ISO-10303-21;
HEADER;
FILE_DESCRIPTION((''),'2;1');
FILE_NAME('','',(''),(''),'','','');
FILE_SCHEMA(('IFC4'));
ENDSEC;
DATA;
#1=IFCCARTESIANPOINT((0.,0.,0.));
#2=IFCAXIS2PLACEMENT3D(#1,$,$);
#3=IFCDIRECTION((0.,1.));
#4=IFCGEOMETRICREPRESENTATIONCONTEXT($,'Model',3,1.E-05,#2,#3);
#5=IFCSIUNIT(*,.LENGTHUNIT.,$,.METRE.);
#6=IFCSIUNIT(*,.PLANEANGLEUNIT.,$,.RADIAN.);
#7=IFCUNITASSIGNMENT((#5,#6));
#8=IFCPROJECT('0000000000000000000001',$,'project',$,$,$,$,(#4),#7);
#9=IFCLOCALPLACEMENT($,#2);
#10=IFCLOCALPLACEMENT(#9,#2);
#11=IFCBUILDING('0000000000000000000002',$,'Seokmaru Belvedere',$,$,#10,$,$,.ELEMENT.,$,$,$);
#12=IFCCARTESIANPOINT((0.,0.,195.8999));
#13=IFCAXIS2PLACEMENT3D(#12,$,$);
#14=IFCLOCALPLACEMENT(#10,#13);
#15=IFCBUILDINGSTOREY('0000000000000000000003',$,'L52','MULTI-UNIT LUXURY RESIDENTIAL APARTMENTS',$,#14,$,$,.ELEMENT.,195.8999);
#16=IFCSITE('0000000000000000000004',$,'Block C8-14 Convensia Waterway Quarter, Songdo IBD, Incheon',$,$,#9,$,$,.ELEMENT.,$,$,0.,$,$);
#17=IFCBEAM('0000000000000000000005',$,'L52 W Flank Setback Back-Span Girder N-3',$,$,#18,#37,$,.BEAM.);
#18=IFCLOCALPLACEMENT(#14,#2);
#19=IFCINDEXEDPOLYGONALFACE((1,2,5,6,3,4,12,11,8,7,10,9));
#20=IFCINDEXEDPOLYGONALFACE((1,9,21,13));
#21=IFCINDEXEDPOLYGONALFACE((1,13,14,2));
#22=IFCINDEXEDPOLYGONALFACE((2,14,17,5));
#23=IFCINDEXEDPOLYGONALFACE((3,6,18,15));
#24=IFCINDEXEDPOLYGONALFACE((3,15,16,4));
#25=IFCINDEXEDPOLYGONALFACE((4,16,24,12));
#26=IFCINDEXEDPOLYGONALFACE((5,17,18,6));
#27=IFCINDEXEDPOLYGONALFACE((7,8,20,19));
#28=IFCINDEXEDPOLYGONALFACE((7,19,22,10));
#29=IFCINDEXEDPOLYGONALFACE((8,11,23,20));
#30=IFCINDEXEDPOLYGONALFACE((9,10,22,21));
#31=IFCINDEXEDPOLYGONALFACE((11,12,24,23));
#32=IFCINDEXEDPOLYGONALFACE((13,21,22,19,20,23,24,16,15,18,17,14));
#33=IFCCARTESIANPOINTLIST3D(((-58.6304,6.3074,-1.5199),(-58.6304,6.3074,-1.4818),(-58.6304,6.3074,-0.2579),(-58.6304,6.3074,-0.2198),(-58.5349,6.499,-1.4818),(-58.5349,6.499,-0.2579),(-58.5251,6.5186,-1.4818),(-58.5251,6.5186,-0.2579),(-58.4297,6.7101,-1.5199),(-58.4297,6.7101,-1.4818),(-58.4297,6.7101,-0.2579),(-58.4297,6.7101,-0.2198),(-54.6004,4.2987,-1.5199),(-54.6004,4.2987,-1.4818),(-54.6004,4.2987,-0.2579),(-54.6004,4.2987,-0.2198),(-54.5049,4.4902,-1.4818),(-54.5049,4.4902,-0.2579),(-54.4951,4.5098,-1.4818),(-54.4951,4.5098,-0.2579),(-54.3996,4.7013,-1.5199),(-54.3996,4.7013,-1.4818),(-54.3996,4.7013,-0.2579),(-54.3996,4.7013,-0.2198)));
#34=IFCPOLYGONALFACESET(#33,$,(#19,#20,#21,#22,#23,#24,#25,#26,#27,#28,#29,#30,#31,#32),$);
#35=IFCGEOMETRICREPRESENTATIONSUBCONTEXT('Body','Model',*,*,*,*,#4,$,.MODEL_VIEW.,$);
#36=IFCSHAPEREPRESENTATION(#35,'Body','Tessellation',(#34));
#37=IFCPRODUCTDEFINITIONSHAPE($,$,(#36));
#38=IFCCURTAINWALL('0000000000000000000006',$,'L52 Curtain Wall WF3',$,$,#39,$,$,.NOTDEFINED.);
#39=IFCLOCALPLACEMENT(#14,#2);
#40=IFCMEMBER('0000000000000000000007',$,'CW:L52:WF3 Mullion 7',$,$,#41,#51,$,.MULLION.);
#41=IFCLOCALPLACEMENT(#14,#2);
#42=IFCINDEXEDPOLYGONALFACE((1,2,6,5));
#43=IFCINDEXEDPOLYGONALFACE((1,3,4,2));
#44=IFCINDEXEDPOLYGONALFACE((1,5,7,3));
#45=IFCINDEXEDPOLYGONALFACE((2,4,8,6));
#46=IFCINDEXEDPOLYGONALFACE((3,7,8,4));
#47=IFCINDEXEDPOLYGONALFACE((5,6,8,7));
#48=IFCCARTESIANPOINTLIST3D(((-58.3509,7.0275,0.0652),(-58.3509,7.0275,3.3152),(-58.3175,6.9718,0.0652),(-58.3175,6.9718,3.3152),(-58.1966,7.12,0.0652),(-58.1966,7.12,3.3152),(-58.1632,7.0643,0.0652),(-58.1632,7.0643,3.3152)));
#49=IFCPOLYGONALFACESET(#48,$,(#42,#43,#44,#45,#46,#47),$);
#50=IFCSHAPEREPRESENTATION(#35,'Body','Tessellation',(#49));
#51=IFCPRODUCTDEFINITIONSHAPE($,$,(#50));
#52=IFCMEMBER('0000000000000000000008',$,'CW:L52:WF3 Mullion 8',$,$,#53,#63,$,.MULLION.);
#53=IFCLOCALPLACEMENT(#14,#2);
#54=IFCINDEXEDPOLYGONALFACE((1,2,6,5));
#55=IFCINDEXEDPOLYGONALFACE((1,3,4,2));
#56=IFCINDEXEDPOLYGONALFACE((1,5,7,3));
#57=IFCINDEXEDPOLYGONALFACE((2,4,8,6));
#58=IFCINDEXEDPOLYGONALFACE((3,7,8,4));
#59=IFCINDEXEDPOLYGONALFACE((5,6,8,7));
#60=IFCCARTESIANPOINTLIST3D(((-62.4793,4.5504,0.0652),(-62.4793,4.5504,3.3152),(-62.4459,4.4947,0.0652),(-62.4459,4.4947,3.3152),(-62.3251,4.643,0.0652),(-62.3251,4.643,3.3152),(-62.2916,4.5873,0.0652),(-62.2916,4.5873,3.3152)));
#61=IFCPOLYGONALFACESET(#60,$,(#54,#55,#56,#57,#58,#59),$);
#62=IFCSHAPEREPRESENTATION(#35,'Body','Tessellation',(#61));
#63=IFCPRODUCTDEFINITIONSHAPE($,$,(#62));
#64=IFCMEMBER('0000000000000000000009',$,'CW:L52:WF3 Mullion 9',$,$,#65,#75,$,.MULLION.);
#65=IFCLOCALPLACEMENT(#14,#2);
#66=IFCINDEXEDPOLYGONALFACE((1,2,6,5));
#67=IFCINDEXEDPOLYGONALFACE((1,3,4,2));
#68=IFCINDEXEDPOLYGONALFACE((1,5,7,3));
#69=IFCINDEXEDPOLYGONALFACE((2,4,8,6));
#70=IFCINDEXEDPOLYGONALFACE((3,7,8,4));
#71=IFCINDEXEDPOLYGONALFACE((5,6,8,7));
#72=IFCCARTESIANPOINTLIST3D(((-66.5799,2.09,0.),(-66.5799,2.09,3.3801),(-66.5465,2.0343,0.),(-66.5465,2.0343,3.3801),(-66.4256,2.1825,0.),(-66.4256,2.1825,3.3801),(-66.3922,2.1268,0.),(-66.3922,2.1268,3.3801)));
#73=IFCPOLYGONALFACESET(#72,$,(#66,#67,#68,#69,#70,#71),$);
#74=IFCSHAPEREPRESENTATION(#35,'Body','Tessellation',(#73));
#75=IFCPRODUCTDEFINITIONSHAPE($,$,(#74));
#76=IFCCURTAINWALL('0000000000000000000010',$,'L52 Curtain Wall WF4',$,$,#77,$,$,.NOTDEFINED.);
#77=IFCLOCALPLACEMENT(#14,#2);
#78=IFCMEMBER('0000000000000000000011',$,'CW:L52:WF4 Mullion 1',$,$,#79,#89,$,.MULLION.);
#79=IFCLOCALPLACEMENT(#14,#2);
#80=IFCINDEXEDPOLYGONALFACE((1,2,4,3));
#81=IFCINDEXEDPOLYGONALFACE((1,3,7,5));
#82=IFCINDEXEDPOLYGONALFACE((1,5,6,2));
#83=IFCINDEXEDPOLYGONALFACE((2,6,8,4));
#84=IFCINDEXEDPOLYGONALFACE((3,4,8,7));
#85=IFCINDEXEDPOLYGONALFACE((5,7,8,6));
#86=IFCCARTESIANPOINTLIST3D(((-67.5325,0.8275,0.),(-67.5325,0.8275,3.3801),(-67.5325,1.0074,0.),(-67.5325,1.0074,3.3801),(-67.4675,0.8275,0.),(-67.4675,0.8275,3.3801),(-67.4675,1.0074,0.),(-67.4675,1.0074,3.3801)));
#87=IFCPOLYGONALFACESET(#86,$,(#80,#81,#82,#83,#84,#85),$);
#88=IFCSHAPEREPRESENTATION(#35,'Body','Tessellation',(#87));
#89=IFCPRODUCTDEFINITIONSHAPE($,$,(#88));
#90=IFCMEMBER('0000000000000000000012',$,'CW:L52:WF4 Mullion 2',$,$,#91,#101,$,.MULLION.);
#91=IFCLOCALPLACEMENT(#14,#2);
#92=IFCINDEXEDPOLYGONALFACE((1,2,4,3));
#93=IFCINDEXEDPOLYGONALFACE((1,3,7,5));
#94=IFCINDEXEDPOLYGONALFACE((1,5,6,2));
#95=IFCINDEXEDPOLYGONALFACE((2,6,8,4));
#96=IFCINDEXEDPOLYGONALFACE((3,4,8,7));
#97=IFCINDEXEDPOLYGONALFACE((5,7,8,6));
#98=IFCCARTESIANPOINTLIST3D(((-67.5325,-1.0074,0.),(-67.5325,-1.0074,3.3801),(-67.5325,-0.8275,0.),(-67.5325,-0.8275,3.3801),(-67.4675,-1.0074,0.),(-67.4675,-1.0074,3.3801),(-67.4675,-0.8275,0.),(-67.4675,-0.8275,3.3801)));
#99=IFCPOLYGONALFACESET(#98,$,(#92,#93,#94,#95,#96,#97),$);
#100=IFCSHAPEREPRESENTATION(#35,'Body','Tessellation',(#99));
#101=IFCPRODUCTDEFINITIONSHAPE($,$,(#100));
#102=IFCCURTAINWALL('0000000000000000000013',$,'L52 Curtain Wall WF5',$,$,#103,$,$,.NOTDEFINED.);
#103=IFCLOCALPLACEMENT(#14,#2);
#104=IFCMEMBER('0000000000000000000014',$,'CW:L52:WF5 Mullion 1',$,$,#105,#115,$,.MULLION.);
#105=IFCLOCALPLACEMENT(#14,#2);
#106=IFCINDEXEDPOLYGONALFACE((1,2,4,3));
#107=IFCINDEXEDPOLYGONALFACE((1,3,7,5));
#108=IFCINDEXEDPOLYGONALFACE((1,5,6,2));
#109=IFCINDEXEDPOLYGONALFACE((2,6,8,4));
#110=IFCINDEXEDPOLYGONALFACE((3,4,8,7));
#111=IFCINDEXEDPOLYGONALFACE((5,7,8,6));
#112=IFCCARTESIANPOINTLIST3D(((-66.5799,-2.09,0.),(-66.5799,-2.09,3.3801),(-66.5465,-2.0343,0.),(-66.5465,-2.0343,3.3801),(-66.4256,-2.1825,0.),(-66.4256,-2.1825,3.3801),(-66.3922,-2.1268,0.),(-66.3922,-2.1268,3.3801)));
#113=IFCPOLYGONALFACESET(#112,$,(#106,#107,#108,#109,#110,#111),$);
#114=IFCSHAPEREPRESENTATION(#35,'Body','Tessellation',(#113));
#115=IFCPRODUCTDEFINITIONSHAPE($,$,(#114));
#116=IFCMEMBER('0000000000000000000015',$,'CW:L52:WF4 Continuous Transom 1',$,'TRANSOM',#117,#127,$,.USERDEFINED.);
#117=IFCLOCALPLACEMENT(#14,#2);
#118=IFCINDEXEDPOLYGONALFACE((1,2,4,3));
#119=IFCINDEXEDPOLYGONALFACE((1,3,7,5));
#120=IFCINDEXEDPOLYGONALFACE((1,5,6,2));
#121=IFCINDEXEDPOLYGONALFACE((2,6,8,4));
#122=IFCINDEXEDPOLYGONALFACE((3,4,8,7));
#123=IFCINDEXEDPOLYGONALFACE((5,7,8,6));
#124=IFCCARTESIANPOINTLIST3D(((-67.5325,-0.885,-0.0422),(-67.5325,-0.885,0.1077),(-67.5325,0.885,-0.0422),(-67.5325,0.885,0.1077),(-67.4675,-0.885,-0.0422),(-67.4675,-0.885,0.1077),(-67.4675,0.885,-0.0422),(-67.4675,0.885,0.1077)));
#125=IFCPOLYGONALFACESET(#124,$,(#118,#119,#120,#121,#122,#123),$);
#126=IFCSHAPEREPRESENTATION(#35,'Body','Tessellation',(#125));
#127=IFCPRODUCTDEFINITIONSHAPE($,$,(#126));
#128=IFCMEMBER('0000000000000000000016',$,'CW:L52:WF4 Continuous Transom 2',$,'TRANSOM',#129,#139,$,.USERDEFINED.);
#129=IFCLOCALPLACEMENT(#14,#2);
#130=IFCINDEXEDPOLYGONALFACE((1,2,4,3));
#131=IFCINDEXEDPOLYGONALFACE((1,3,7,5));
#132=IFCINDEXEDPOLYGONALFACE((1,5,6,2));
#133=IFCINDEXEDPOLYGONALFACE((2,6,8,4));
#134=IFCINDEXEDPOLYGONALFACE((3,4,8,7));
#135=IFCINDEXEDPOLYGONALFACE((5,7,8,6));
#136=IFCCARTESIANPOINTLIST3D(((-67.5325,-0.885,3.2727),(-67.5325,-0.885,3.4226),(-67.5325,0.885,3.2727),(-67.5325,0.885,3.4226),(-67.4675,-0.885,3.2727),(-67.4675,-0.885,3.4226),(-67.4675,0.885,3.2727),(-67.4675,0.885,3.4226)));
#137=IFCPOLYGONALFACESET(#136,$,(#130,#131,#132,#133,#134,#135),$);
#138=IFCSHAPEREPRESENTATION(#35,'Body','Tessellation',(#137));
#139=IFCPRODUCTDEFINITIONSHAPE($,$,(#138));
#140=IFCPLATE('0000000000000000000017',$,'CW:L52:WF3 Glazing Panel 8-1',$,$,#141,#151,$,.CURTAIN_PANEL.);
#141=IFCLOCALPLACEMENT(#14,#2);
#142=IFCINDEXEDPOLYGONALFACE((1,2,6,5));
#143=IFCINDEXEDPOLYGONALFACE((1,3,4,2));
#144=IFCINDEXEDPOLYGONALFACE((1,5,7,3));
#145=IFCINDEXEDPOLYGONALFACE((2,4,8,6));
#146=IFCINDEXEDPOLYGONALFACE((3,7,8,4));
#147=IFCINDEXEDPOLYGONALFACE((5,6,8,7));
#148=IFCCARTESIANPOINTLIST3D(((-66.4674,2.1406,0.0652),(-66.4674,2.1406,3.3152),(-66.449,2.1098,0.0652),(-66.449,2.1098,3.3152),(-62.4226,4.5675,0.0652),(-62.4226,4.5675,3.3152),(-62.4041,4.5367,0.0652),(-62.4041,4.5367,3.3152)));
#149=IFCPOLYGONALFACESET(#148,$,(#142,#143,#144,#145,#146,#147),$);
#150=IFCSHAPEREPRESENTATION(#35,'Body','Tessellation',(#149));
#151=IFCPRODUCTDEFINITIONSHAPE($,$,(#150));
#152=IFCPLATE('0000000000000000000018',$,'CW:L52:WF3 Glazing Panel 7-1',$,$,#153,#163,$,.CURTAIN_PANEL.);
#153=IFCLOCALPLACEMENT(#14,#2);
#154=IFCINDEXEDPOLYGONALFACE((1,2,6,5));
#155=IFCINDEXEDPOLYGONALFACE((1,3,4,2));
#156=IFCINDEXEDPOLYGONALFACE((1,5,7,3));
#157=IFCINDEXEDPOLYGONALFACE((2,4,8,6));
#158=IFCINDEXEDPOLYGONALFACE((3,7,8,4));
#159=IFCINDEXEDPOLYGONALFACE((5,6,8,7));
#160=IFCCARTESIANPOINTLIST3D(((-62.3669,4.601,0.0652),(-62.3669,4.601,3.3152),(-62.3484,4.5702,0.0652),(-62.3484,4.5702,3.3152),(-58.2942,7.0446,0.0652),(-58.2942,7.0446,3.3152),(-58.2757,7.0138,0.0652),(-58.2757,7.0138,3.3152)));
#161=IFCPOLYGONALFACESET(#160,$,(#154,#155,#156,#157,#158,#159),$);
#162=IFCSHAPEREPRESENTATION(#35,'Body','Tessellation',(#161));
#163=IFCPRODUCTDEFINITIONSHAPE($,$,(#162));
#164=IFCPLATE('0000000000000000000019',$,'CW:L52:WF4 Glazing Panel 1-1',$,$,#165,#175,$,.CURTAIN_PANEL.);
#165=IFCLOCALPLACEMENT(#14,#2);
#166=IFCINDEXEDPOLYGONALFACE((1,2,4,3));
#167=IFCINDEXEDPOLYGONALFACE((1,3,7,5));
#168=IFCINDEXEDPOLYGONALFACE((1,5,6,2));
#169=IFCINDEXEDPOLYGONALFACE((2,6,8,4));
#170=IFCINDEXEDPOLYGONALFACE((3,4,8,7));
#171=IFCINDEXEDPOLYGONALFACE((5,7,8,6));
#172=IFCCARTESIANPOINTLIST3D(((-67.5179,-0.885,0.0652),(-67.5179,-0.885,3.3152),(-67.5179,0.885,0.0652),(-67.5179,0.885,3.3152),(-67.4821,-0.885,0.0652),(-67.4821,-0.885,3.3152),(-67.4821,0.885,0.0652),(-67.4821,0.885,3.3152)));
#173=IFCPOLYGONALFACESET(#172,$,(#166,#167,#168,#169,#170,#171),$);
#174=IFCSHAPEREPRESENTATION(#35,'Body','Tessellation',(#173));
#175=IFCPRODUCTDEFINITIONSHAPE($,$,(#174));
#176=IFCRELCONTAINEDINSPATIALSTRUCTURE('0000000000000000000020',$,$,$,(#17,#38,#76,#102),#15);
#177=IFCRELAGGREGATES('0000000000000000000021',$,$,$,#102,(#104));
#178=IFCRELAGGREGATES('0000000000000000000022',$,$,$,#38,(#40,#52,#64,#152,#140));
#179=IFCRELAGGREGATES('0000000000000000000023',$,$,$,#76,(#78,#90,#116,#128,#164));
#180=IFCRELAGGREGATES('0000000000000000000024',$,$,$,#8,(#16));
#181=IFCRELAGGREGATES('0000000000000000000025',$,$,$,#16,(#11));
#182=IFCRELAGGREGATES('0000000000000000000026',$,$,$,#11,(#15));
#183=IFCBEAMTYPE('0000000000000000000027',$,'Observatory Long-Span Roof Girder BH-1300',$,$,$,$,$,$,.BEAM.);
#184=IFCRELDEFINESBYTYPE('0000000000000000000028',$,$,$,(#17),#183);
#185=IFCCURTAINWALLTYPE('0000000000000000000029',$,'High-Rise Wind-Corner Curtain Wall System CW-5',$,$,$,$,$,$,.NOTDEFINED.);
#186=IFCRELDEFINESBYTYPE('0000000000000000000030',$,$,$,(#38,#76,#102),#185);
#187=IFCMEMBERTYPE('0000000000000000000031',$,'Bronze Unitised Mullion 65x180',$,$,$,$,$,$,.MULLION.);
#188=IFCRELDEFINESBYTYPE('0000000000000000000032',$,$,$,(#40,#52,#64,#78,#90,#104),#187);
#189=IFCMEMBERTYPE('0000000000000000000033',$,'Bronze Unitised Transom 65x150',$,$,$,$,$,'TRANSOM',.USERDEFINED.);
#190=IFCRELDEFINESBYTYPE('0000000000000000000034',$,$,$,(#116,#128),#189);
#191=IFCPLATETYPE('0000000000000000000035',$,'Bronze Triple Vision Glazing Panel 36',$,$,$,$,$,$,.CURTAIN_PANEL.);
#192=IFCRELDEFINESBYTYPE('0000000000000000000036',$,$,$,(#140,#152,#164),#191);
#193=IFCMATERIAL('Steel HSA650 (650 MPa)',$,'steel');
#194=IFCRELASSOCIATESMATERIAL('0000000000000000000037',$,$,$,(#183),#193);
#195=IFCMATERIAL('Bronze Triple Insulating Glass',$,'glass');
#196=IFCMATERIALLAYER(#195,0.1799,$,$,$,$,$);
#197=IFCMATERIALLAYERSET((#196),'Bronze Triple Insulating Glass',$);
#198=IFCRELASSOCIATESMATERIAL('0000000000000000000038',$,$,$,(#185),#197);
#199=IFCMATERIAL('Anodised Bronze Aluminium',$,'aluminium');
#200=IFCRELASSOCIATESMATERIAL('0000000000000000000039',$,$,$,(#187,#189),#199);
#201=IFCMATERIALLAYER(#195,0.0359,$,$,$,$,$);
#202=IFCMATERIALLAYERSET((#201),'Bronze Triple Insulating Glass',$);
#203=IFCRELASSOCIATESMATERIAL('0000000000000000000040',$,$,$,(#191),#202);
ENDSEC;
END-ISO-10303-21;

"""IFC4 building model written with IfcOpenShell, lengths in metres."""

from ifc_helpers import new_model, si_unit, direction, frame, origin, origin_2d, place, context, subcontext, project, spatial, rectangle, i_section, extrude, source, transform, mapped, material, layer, layer_set, material_profile, profile_set, type_object, type_shapes, element, aggregate, save


model = new_model("IFC4")

# Units and contexts
model_context = context("Model", 3, precision=1e-05, world=origin(), true_north=direction((0.0, 1.0)))
body_context = subcontext(model_context, "Body", "Model", "MODEL_VIEW")
ifc_project = project(units=[si_unit("LENGTHUNIT", "METRE"), si_unit("PLANEANGLEUNIT", "RADIAN")], contexts=[model_context])

# Site, building, storey
site_placement = place(None, origin())
site = spatial("IfcSite", under=ifc_project, at=site_placement, Name="Block C8-14 Convensia Waterway Quarter, Songdo IBD, Incheon", CompositionType="ELEMENT", RefElevation=0.0)
building_placement = place(site_placement, origin())
building = spatial("IfcBuilding", under=site, at=building_placement, Name="Seokmaru Belvedere", CompositionType="ELEMENT")
storey_placement = place(building_placement, frame((0.0, 0.0, 195.8999)))
storey = spatial("IfcBuildingStorey", under=building, at=storey_placement, Name="L52", Description="MULTI-UNIT LUXURY RESIDENTIAL APARTMENTS", CompositionType="ELEMENT", Elevation=195.8999)

# Beam
ifc_material_1 = material(Name="Steel HSA650 (650 MPa)", Category="steel")
ifc_material_profile_1 = material_profile(ifc_material_1, i_section(OverallWidth=0.45, OverallDepth=1.3, WebThickness=0.022, FlangeThickness=0.0381, at=origin_2d()), Name="BH-1300x450x22x38")
ifc_profile_set_1 = profile_set([ifc_material_profile_1], Name="Steel HSA650 (650 MPa)")
beam_type = type_object("IfcBeamType", Name="Observatory Long-Span Roof Girder BH-1300", PredefinedType="BEAM", material=ifc_profile_set_1)
shared_shape_1 = source(origin(), body_context, "Body", "SweptSolid", [
    extrude(i_section(OverallWidth=0.45, OverallDepth=1.3, WebThickness=0.022, FlangeThickness=0.0381, at=origin_2d()), origin(), (0.0, 0.0, 1.0), 4.5029),
])
beam_1_placement = place(storey_placement, frame((-58.53, 6.5088, -0.8699), z_axis=(0.89498, -0.446107, 0.0), x_axis=(0.446107, 0.89498, 0.0)))
element("IfcBeam", 1, at=beam_1_placement, inside=storey, type_object=beam_type, Name="L52 W Flank Setback Back-Span Girder N-3", PredefinedType="BEAM", context=body_context, shape_type="MappedRepresentation", body=[
    mapped(shared_shape_1, transform((0.0, 0.0, 0.0), scale=1.0)),
])

# Curtain walls, members
ifc_material_2 = material(Name="Bronze Triple Insulating Glass", Category="glass")
ifc_layer_1 = layer(ifc_material_2, 0.1799)
ifc_layer_set_1 = layer_set([ifc_layer_1], Name="Bronze Triple Insulating Glass")
curtain_wall_type = type_object("IfcCurtainWallType", Name="High-Rise Wind-Corner Curtain Wall System CW-5", PredefinedType="NOTDEFINED", material=ifc_layer_set_1)
curtain_wall_1_placement = place(storey_placement, origin())
curtain_wall_1 = element("IfcCurtainWall", 2, at=curtain_wall_1_placement, inside=storey, type_object=curtain_wall_type, Name="L52 Curtain Wall WF3", PredefinedType="NOTDEFINED")
ifc_material_3 = material(Name="Anodised Bronze Aluminium", Category="aluminium")
ifc_material_profile_2 = material_profile(ifc_material_3, rectangle(XDim=0.0649, YDim=0.1799, at=origin_2d()), Name="CW-M-65x180")
ifc_profile_set_2 = profile_set([ifc_material_profile_2], Name="Anodised Bronze Aluminium")
member_type_1 = type_object("IfcMemberType", Name="Bronze Unitised Mullion 65x180", PredefinedType="MULLION", material=ifc_profile_set_2)
shared_shape_2 = source(origin(), body_context, "Body", "SweptSolid", [
    extrude(rectangle(XDim=0.0649, YDim=0.1799, at=origin_2d()), origin(), (0.0, 0.0, 1.0), 3.25),
])
member_1_placement = place(storey_placement, frame((-58.2571, 7.0459, 0.0652), z_axis=(0.0, 0.0, 1.0), x_axis=(0.514495, -0.857493, 0.0)))
member_1 = element("IfcMember", 3, at=member_1_placement, type_object=member_type_1, Name="CW:L52:WF3 Mullion 7", PredefinedType="MULLION", context=body_context, shape_type="MappedRepresentation", body=[
    mapped(shared_shape_2, transform((0.0, 0.0, 0.0), scale=1.0)),
])
member_2_placement = place(storey_placement, frame((-62.3855, 4.5688, 0.0652), z_axis=(0.0, 0.0, 1.0), x_axis=(0.514495, -0.857493, 0.0)))
member_2 = element("IfcMember", 4, at=member_2_placement, type_object=member_type_1, Name="CW:L52:WF3 Mullion 8", PredefinedType="MULLION", context=body_context, shape_type="MappedRepresentation", body=[
    mapped(shared_shape_2, transform((0.0, 0.0, 0.0), scale=1.0)),
])
shared_shape_3 = source(origin(), body_context, "Body", "SweptSolid", [
    extrude(rectangle(XDim=0.0649, YDim=0.1799, at=origin_2d()), origin(), (0.0, 0.0, 1.0), 3.3801),
])
type_shapes(member_type_1, [shared_shape_2, shared_shape_3])
member_3_placement = place(storey_placement, frame((-66.4861, 2.1084, 0.0), z_axis=(0.0, 0.0, 1.0), x_axis=(0.514495, -0.857493, 0.0)))
member_3 = element("IfcMember", 5, at=member_3_placement, type_object=member_type_1, Name="CW:L52:WF3 Mullion 9", PredefinedType="MULLION", context=body_context, shape_type="MappedRepresentation", body=[
    mapped(shared_shape_3, transform((0.0, 0.0, 0.0), scale=1.0)),
])
curtain_wall_2_placement = place(storey_placement, origin())
curtain_wall_2 = element("IfcCurtainWall", 6, at=curtain_wall_2_placement, inside=storey, type_object=curtain_wall_type, Name="L52 Curtain Wall WF4", PredefinedType="NOTDEFINED")
member_4_placement = place(storey_placement, frame((-67.5, 0.9175, 0.0), z_axis=(0.0, 0.0, 1.0), x_axis=(1.0, 0.0, 0.0)))
member_4 = element("IfcMember", 7, at=member_4_placement, type_object=member_type_1, Name="CW:L52:WF4 Mullion 1", PredefinedType="MULLION", context=body_context, shape_type="MappedRepresentation", body=[
    mapped(shared_shape_3, transform((0.0, 0.0, 0.0), scale=1.0)),
])
member_5_placement = place(storey_placement, frame((-67.5, -0.9175, 0.0), z_axis=(0.0, 0.0, 1.0), x_axis=(1.0, 0.0, 0.0)))
member_5 = element("IfcMember", 8, at=member_5_placement, type_object=member_type_1, Name="CW:L52:WF4 Mullion 2", PredefinedType="MULLION", context=body_context, shape_type="MappedRepresentation", body=[
    mapped(shared_shape_3, transform((0.0, 0.0, 0.0), scale=1.0)),
])

# Curtain wall, member
curtain_wall_3_placement = place(storey_placement, origin())
curtain_wall_3 = element("IfcCurtainWall", 9, at=curtain_wall_3_placement, inside=storey, type_object=curtain_wall_type, Name="L52 Curtain Wall WF5", PredefinedType="NOTDEFINED")
member_6_placement = place(storey_placement, frame((-66.4861, -2.1084, 0.0), z_axis=(0.0, 0.0, 1.0), x_axis=(0.514495, 0.857493, 0.0)))
member_6 = element("IfcMember", 10, at=member_6_placement, type_object=member_type_1, Name="CW:L52:WF5 Mullion 1", PredefinedType="MULLION", context=body_context, shape_type="MappedRepresentation", body=[
    mapped(shared_shape_3, transform((0.0, 0.0, 0.0), scale=1.0)),
])
aggregate(curtain_wall_3, [member_6])

# Members
ifc_material_profile_3 = material_profile(ifc_material_3, rectangle(XDim=0.0649, YDim=0.1499, at=origin_2d()), Name="CW-T-65x150")
ifc_profile_set_3 = profile_set([ifc_material_profile_3], Name="Anodised Bronze Aluminium")
member_type_2 = type_object("IfcMemberType", Name="Bronze Unitised Transom 65x150", ElementType="TRANSOM", PredefinedType="USERDEFINED", material=ifc_profile_set_3)
shared_shape_4 = source(origin(), body_context, "Body", "SweptSolid", [
    extrude(rectangle(XDim=0.0649, YDim=0.1499, at=origin_2d()), origin(), (0.0, 0.0, 1.0), 1.77),
])
type_shapes(member_type_2, [shared_shape_4])
member_7_placement = place(storey_placement, frame((-67.5, 0.885, 0.0327), z_axis=(0.0, -1.0, 0.0), x_axis=(1.0, 0.0, 0.0)))
member_7 = element("IfcMember", 11, at=member_7_placement, type_object=member_type_2, Name="CW:L52:WF4 Continuous Transom 1", ObjectType="TRANSOM", PredefinedType="USERDEFINED", context=body_context, shape_type="MappedRepresentation", body=[
    mapped(shared_shape_4, transform((0.0, 0.0, 0.0), scale=1.0)),
])
member_8_placement = place(storey_placement, frame((-67.5, 0.885, 3.3477), z_axis=(0.0, -1.0, 0.0), x_axis=(1.0, 0.0, 0.0)))
member_8 = element("IfcMember", 12, at=member_8_placement, type_object=member_type_2, Name="CW:L52:WF4 Continuous Transom 2", ObjectType="TRANSOM", PredefinedType="USERDEFINED", context=body_context, shape_type="MappedRepresentation", body=[
    mapped(shared_shape_4, transform((0.0, 0.0, 0.0), scale=1.0)),
])

# Plates
ifc_layer_2 = layer(ifc_material_2, 0.0359)
ifc_layer_set_2 = layer_set([ifc_layer_2], Name="Bronze Triple Insulating Glass")
plate_type = type_object("IfcPlateType", Name="Bronze Triple Vision Glazing Panel 36", PredefinedType="CURTAIN_PANEL", material=ifc_layer_set_2)
shared_shape_5 = source(origin(), body_context, "Body", "SweptSolid", [
    extrude(rectangle(XDim=4.717, YDim=0.0359, at=origin_2d()), origin(), (0.0, 0.0, 1.0), 3.25),
])
plate_1_placement = place(storey_placement, frame((-64.4358, 3.3386, 0.0652), z_axis=(0.0, 0.0, 1.0), x_axis=(-0.857493, -0.514495, 0.0)))
plate_1 = element("IfcPlate", 13, at=plate_1_placement, type_object=plate_type, Name="CW:L52:WF3 Glazing Panel 8-1", PredefinedType="CURTAIN_PANEL", context=body_context, shape_type="MappedRepresentation", body=[
    mapped(shared_shape_5, transform((0.0, 0.0, 0.0), scale=1.0)),
])
shared_shape_6 = source(origin(), body_context, "Body", "SweptSolid", [
    extrude(rectangle(XDim=4.7495, YDim=0.0359, at=origin_2d()), origin(), (0.0, 0.0, 1.0), 3.25),
])
plate_2_placement = place(storey_placement, frame((-60.3213, 5.8074, 0.0652), z_axis=(0.0, 0.0, 1.0), x_axis=(-0.857493, -0.514495, 0.0)))
plate_2 = element("IfcPlate", 14, at=plate_2_placement, type_object=plate_type, Name="CW:L52:WF3 Glazing Panel 7-1", PredefinedType="CURTAIN_PANEL", context=body_context, shape_type="MappedRepresentation", body=[
    mapped(shared_shape_6, transform((0.0, 0.0, 0.0), scale=1.0)),
])
aggregate(curtain_wall_1, [member_1, member_2, member_3, plate_2, plate_1])
shared_shape_7 = source(origin(), body_context, "Body", "SweptSolid", [
    extrude(rectangle(XDim=1.77, YDim=0.0359, at=origin_2d()), origin(), (0.0, 0.0, 1.0), 3.25),
])
type_shapes(plate_type, [shared_shape_5, shared_shape_6, shared_shape_7])
plate_3_placement = place(storey_placement, frame((-67.5, 0.0, 0.0652), z_axis=(0.0, 0.0, 1.0), x_axis=(0.0, -1.0, 0.0)))
plate_3 = element("IfcPlate", 15, at=plate_3_placement, type_object=plate_type, Name="CW:L52:WF4 Glazing Panel 1-1", PredefinedType="CURTAIN_PANEL", context=body_context, shape_type="MappedRepresentation", body=[
    mapped(shared_shape_7, transform((0.0, 0.0, 0.0), scale=1.0)),
])
aggregate(curtain_wall_2, [member_4, member_5, member_7, member_8, plate_3])

save(model, "model.ifc")
